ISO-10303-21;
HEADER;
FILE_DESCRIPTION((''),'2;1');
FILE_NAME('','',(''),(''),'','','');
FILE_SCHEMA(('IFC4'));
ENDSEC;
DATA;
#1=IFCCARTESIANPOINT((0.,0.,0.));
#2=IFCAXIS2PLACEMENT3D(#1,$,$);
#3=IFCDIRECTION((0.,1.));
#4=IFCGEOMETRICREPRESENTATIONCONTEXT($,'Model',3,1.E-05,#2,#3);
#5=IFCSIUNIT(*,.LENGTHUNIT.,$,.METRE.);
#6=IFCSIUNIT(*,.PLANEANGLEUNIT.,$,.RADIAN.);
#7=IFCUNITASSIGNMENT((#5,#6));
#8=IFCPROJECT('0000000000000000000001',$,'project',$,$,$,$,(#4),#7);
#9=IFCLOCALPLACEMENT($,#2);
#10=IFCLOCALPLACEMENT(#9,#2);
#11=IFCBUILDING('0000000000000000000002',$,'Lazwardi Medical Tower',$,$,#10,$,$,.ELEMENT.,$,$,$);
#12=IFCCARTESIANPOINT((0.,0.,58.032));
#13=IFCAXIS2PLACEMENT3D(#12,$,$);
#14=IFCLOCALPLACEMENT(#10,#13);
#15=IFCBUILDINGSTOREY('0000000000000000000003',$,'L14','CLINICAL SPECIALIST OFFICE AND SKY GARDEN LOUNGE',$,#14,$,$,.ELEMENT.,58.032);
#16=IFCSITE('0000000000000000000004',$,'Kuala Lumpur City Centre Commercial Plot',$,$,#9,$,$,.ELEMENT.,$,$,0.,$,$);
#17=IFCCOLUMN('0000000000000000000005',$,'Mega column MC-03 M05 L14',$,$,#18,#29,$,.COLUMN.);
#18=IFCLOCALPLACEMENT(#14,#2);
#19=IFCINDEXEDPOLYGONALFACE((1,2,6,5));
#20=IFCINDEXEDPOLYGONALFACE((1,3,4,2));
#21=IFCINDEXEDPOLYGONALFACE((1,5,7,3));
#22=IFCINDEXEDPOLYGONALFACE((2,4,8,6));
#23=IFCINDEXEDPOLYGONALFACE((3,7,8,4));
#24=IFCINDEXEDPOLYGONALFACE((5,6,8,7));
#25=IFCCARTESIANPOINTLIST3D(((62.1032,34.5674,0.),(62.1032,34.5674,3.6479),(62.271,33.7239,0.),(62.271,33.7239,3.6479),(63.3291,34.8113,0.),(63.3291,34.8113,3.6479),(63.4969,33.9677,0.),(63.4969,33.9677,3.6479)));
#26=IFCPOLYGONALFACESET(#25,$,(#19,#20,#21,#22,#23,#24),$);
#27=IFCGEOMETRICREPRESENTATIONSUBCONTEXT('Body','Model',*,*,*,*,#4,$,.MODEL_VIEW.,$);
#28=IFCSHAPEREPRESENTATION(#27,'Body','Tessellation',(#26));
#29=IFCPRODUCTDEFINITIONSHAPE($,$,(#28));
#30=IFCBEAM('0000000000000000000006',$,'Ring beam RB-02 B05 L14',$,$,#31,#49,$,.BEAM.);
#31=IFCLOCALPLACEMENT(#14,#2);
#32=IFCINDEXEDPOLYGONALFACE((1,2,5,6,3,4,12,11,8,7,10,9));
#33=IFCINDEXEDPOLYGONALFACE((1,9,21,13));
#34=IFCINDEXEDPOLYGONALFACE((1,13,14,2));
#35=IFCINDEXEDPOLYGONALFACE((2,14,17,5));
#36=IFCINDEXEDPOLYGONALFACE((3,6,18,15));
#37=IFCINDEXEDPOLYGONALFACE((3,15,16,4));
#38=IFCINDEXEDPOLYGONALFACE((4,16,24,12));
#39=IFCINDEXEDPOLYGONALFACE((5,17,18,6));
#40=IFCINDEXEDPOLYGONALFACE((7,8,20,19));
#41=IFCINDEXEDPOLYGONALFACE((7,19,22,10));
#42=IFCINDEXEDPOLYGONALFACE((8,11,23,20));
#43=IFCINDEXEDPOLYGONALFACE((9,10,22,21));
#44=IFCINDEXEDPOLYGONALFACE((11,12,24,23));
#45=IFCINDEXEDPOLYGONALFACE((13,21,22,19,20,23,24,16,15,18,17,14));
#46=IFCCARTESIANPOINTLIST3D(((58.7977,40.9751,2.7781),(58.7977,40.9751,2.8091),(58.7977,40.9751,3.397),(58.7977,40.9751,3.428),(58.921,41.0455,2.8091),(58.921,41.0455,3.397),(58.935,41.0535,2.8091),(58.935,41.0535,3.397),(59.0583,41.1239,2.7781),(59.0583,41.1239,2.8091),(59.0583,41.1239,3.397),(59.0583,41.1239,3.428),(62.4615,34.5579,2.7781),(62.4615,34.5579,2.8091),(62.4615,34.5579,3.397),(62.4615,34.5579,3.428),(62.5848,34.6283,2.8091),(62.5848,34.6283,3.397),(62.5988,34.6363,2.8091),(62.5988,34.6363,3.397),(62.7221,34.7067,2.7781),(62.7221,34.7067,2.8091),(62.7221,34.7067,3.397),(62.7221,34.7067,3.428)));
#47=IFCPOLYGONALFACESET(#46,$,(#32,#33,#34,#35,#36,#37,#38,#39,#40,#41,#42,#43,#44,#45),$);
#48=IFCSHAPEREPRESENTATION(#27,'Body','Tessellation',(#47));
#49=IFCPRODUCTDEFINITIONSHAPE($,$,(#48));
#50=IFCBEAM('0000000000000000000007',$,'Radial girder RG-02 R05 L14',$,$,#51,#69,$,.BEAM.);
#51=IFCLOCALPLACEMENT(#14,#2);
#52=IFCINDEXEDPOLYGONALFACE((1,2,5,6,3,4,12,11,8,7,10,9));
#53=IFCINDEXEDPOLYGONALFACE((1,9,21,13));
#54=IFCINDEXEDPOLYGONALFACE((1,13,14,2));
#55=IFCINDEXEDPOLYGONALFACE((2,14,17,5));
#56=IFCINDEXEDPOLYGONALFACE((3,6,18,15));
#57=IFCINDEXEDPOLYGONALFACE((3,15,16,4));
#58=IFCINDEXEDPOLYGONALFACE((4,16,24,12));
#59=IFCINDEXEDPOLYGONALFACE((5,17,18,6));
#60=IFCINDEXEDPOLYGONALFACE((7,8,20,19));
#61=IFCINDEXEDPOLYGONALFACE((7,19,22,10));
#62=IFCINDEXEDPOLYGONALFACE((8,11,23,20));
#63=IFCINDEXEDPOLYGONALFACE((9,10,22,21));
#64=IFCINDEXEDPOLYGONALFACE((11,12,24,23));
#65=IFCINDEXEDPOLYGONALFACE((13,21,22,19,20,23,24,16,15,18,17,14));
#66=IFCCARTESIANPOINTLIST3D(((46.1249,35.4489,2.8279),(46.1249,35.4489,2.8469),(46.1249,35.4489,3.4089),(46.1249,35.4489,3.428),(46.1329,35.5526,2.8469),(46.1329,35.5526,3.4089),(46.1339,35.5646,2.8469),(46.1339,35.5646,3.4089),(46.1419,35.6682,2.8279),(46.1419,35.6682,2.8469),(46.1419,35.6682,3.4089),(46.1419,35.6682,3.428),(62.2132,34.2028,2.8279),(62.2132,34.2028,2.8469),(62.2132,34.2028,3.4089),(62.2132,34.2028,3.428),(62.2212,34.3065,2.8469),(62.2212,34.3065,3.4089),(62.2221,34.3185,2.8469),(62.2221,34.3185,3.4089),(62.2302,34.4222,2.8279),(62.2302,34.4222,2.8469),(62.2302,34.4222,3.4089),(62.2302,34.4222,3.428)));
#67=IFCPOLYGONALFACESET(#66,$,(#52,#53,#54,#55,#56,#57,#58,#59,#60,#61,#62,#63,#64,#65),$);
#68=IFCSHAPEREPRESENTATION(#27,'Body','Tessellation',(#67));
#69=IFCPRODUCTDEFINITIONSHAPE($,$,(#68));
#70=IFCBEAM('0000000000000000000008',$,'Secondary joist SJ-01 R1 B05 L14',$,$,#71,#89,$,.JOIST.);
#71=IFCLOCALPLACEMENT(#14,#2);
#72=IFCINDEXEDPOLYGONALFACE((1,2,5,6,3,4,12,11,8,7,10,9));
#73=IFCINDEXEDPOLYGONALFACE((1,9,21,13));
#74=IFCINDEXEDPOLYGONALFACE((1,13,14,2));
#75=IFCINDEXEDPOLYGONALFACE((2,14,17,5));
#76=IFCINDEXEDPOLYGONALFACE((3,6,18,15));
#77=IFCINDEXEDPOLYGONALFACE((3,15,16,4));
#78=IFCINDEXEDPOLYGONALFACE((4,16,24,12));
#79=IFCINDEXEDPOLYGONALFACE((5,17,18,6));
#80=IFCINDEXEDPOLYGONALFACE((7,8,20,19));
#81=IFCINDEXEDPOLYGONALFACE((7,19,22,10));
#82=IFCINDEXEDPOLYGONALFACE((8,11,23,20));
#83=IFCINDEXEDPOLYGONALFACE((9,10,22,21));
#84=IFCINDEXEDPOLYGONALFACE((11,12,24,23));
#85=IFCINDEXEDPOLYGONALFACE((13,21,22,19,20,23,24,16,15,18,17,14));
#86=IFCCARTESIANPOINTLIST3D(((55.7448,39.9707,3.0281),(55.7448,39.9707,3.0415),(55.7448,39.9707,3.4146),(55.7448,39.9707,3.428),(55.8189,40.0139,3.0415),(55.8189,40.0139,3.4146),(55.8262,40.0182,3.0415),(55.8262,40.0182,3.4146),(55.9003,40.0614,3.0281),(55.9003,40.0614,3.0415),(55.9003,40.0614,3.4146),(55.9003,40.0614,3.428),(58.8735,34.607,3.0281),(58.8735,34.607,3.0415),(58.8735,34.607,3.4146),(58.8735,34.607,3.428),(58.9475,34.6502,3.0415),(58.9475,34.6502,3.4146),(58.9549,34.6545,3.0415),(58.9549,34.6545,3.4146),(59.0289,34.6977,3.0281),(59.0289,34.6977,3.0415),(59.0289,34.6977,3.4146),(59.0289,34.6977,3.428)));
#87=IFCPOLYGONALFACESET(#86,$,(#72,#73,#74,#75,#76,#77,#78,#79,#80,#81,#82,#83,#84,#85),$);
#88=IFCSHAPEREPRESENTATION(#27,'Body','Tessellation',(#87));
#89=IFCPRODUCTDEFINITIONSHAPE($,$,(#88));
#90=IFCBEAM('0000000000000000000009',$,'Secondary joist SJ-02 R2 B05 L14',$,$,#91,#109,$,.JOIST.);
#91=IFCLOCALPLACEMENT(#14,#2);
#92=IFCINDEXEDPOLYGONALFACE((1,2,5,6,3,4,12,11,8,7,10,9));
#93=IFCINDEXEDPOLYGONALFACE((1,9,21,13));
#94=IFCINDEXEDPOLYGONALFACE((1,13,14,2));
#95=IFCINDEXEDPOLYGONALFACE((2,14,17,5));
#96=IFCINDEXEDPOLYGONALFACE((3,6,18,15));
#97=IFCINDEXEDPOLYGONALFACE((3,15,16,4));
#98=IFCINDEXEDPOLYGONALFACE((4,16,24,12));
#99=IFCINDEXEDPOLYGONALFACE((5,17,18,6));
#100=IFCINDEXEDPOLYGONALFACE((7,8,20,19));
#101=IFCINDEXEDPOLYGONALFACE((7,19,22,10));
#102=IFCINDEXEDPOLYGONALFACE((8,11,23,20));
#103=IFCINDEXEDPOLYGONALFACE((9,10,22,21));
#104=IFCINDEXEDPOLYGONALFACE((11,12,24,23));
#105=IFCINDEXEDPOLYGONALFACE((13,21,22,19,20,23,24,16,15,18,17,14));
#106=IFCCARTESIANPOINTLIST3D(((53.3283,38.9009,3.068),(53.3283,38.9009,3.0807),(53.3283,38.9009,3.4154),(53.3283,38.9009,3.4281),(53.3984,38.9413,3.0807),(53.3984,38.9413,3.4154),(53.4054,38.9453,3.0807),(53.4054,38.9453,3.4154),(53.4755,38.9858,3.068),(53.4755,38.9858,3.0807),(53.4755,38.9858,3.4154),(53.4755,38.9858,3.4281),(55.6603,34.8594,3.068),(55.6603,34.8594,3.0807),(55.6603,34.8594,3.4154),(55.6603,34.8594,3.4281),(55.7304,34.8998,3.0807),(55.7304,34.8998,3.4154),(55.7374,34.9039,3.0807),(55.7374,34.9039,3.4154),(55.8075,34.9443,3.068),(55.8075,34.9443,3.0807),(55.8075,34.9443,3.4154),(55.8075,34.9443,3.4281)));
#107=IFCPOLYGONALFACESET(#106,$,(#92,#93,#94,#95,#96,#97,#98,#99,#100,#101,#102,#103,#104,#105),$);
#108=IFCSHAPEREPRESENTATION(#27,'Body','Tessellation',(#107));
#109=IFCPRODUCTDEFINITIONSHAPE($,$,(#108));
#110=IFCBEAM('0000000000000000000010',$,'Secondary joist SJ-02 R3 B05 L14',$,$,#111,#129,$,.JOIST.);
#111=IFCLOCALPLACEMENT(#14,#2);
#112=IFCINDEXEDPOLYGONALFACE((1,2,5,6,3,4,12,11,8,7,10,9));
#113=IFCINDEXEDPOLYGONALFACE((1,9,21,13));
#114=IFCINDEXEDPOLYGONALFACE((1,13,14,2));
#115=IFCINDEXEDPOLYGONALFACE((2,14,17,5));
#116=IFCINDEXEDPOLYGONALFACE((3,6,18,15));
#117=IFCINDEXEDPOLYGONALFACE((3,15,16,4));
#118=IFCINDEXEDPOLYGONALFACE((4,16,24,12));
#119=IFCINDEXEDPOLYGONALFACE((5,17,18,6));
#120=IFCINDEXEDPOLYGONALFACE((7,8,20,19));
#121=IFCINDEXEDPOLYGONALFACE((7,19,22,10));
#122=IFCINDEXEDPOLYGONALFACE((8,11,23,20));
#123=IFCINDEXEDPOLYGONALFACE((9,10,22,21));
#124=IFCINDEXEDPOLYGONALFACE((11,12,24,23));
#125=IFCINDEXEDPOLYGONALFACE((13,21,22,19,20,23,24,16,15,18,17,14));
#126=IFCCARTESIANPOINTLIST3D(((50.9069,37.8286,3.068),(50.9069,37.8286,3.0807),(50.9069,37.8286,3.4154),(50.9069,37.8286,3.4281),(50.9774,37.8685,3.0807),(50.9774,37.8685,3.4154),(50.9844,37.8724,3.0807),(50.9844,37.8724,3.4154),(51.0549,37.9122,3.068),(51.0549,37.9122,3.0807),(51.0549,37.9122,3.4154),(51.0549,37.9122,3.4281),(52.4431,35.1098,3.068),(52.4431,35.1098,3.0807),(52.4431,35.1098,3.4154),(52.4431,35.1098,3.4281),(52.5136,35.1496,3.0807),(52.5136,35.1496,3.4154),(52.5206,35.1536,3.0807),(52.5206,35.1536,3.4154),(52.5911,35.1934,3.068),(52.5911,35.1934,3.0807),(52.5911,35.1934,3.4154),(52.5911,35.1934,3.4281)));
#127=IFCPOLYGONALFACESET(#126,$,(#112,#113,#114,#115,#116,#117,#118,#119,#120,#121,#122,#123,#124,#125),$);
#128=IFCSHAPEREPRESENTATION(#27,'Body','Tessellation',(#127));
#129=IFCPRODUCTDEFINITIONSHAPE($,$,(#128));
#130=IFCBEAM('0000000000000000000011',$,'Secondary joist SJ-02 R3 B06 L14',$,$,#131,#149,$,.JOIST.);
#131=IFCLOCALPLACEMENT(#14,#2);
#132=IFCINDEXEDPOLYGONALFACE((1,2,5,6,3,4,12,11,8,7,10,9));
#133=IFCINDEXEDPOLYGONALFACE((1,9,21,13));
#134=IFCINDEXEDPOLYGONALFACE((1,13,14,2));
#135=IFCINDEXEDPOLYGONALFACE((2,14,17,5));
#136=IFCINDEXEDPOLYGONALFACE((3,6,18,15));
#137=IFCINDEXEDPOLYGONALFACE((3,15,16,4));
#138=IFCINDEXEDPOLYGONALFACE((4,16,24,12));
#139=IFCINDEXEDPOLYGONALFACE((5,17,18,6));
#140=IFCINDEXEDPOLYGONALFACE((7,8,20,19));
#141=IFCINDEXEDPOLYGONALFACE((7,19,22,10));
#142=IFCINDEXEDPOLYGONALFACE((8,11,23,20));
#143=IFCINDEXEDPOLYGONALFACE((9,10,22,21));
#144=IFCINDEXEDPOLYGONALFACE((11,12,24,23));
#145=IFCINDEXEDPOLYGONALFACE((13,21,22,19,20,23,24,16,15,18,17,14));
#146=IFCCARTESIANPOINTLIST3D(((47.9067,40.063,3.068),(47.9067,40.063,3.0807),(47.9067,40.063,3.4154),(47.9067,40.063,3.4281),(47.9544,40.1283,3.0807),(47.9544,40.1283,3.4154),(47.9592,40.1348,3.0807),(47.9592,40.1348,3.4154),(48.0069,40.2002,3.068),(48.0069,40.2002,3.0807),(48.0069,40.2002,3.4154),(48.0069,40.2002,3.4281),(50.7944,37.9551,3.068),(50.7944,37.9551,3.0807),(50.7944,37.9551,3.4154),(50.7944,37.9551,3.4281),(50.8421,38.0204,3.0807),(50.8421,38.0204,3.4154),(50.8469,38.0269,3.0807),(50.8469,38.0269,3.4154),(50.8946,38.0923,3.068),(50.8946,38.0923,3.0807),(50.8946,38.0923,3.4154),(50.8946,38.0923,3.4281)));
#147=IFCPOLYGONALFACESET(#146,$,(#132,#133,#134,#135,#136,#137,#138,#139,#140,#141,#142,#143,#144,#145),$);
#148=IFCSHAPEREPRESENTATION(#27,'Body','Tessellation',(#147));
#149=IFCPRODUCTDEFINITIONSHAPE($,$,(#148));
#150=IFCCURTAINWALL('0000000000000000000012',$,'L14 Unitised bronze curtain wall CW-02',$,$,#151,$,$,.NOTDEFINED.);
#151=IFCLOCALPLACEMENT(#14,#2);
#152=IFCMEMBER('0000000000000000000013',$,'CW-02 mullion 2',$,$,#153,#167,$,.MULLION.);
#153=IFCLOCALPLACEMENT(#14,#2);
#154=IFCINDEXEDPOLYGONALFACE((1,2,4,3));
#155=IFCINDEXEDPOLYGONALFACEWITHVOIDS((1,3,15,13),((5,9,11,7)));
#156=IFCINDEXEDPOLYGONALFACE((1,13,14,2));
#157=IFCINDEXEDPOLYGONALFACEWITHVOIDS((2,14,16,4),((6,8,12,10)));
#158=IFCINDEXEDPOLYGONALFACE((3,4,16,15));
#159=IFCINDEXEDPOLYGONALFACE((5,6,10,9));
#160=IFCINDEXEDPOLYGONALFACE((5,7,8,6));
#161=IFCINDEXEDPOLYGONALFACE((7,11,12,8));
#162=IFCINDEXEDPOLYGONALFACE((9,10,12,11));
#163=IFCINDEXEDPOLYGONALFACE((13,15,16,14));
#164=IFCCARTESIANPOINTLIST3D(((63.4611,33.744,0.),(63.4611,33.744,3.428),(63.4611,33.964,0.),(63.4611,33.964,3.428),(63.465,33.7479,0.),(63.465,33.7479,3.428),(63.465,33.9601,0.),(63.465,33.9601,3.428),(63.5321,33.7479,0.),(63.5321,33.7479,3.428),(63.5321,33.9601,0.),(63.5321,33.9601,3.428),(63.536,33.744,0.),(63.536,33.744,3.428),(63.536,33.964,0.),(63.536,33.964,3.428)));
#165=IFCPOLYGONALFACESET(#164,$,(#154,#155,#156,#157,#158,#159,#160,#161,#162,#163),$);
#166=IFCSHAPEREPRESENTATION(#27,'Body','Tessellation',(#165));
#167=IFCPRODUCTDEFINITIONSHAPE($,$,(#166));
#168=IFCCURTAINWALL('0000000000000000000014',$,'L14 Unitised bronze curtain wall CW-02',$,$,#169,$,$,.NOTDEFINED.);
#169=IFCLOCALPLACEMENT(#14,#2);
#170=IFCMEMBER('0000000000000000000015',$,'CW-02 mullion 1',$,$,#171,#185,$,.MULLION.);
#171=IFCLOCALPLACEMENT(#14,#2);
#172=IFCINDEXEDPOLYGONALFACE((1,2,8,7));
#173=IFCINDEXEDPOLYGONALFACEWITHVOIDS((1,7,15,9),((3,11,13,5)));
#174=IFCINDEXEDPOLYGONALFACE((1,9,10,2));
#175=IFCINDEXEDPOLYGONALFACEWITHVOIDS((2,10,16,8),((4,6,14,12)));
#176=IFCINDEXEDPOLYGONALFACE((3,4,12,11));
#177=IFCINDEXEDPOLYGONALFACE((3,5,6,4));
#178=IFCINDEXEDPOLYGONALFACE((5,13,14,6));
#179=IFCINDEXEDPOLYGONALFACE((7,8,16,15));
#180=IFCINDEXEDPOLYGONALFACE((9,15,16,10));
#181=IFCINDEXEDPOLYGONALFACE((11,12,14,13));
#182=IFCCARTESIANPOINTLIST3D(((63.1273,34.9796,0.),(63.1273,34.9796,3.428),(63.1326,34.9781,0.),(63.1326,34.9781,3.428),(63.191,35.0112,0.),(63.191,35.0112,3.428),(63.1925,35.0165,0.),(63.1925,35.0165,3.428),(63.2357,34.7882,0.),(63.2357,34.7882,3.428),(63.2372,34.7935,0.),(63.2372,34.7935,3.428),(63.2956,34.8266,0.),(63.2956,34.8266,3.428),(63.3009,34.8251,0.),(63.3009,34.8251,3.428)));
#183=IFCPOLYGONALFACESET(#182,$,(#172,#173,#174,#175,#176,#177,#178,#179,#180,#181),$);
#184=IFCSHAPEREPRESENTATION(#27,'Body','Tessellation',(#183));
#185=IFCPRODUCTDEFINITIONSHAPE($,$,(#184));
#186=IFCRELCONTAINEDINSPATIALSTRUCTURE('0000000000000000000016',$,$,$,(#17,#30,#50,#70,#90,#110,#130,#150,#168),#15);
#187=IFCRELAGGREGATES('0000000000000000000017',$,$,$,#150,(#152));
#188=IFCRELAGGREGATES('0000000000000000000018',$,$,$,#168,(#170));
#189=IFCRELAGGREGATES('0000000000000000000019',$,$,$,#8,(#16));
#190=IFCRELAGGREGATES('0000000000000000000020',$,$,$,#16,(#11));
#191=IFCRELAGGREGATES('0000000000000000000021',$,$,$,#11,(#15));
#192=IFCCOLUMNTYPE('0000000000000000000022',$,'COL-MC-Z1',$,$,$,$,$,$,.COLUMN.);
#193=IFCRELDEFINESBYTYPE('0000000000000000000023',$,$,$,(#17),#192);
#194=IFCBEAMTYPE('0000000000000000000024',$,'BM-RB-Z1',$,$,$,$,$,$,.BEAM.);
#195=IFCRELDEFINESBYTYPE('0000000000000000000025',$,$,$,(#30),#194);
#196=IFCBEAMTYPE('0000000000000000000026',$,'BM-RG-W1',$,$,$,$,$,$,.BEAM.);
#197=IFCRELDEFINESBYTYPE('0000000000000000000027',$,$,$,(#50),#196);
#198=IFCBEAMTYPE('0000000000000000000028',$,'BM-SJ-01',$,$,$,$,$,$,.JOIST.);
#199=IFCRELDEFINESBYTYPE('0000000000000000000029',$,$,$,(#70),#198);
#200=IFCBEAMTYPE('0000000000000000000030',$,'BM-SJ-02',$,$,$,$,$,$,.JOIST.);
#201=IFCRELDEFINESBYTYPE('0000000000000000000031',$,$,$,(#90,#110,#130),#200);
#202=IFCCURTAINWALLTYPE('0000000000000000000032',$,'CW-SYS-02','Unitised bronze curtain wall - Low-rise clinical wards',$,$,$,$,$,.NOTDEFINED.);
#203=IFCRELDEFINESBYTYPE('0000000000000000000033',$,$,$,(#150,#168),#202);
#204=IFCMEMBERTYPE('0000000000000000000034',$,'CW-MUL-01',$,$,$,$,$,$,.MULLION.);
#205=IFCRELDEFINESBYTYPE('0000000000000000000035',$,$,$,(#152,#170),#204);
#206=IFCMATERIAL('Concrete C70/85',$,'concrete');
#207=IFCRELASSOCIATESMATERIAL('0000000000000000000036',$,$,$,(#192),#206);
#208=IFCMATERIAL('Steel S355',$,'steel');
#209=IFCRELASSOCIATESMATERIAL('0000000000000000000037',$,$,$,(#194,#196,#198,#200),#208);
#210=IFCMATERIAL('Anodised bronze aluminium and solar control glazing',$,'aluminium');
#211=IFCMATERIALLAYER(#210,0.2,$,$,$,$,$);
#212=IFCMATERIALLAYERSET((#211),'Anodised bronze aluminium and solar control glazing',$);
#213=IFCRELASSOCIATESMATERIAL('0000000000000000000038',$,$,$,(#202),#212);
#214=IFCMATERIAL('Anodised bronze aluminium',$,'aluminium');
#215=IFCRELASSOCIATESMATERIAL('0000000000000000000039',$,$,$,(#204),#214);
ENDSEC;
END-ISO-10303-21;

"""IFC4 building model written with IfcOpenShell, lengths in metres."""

from ifc_helpers import new_model, si_unit, direction, frame, origin, origin_2d, place, context, subcontext, project, spatial, rectangle, hollow_rectangle, i_section, extrude, material, layer, layer_set, material_profile, profile_set, type_object, element, aggregate, save


model = new_model("IFC4")

# Units and contexts
model_context = context("Model", 3, precision=1e-05, world=origin(), true_north=direction((0.0, 1.0)))
body_context = subcontext(model_context, "Body", "Model", "MODEL_VIEW")
ifc_project = project(units=[si_unit("LENGTHUNIT", "METRE"), si_unit("PLANEANGLEUNIT", "RADIAN")], contexts=[model_context])

# Site, building, storey
site_placement = place(None, origin())
site = spatial("IfcSite", under=ifc_project, at=site_placement, Name="Kuala Lumpur City Centre Commercial Plot", CompositionType="ELEMENT", RefElevation=0.0)
building_placement = place(site_placement, origin())
building = spatial("IfcBuilding", under=site, at=building_placement, Name="Lazwardi Medical Tower", CompositionType="ELEMENT")
storey_placement = place(building_placement, frame((0.0, 0.0, 58.032)))
storey = spatial("IfcBuildingStorey", under=building, at=storey_placement, Name="L14", Description="CLINICAL SPECIALIST OFFICE AND SKY GARDEN LOUNGE", CompositionType="ELEMENT", Elevation=58.032)

# Column
ifc_material_1 = material(Name="Concrete C70/85", Category="concrete")
ifc_material_profile_1 = material_profile(ifc_material_1, rectangle(XDim=1.25, YDim=0.8601, at=origin_2d()), Name="CFT-RECT 1250x860")
ifc_profile_set_1 = profile_set([ifc_material_profile_1], Name="Concrete C70/85")
column_type = type_object("IfcColumnType", Name="COL-MC-Z1", PredefinedType="COLUMN", material=ifc_profile_set_1)
column_placement = place(storey_placement, frame((62.8, 34.2676, 0.0), z_axis=(0.0, 0.0, 1.0), x_axis=(0.980785, 0.19509, 0.0)))
element("IfcColumn", 1, at=column_placement, inside=storey, type_object=column_type, Name="Mega column MC-03 M05 L14", PredefinedType="COLUMN", context=body_context, shape_type="SweptSolid", body=[
    extrude(rectangle(XDim=1.25, YDim=0.8601, at=origin_2d()), origin(), (0.0, 0.0, 1.0), 3.6479),
])

# Beams
ifc_material_2 = material(Name="Steel S355", Category="steel")
ifc_material_profile_2 = material_profile(ifc_material_2, i_section(OverallWidth=0.3, OverallDepth=0.6499, WebThickness=0.0161, FlangeThickness=0.031, at=origin_2d()), Name="HEB 650")
ifc_profile_set_2 = profile_set([ifc_material_profile_2], Name="Steel S355")
beam_type_1 = type_object("IfcBeamType", Name="BM-RB-Z1", PredefinedType="BEAM", material=ifc_profile_set_2)
beam_1_placement = place(storey_placement, frame((62.5918, 34.6323, 3.103), z_axis=(-0.495815, 0.868428, 0.0), x_axis=(-0.868428, -0.495815, 0.0)))
element("IfcBeam", 2, at=beam_1_placement, inside=storey, type_object=beam_type_1, Name="Ring beam RB-02 B05 L14", PredefinedType="BEAM", context=body_context, shape_type="SweptSolid", body=[
    extrude(i_section(OverallWidth=0.3, OverallDepth=0.6499, WebThickness=0.0161, FlangeThickness=0.031, at=origin_2d()), origin(), (0.0, 0.0, 1.0), 7.3894),
])
ifc_material_profile_3 = material_profile(ifc_material_2, i_section(OverallWidth=0.22, OverallDepth=0.6001, WebThickness=0.012, FlangeThickness=0.019, at=origin_2d()), Name="IPE 600")
ifc_profile_set_3 = profile_set([ifc_material_profile_3], Name="Steel S355")
beam_type_2 = type_object("IfcBeamType", Name="BM-RG-W1", PredefinedType="BEAM", material=ifc_profile_set_3)
beam_2_placement = place(storey_placement, frame((62.2217, 34.3125, 3.1279), z_axis=(-0.997014, 0.077222, 0.0), x_axis=(-0.077222, -0.997014, 0.0)))
element("IfcBeam", 3, at=beam_2_placement, inside=storey, type_object=beam_type_2, Name="Radial girder RG-02 R05 L14", PredefinedType="BEAM", context=body_context, shape_type="SweptSolid", body=[
    extrude(i_section(OverallWidth=0.22, OverallDepth=0.6001, WebThickness=0.012, FlangeThickness=0.019, at=origin_2d()), origin(), (0.0, 0.0, 1.0), 16.1365),
])
ifc_material_profile_4 = material_profile(ifc_material_2, i_section(OverallWidth=0.1799, OverallDepth=0.3999, WebThickness=0.0085, FlangeThickness=0.0134, at=origin_2d()), Name="IPE 400")
ifc_profile_set_4 = profile_set([ifc_material_profile_4], Name="Steel S355")
beam_type_3 = type_object("IfcBeamType", Name="BM-SJ-01", PredefinedType="JOIST", material=ifc_profile_set_4)
beam_3_placement = place(storey_placement, frame((58.9512, 34.6523, 3.228), z_axis=(-0.503847, 0.863793, 0.0), x_axis=(-0.863793, -0.503847, 0.0)))
element("IfcBeam", 4, at=beam_3_placement, inside=storey, type_object=beam_type_3, Name="Secondary joist SJ-01 R1 B05 L14", PredefinedType="JOIST", context=body_context, shape_type="SweptSolid", body=[
    extrude(i_section(OverallWidth=0.1799, OverallDepth=0.3999, WebThickness=0.0085, FlangeThickness=0.0134, at=origin_2d()), origin(), (0.0, 0.0, 1.0), 6.2095),
])
ifc_material_profile_5 = material_profile(ifc_material_2, i_section(OverallWidth=0.1699, OverallDepth=0.3601, WebThickness=0.0081, FlangeThickness=0.0127, at=origin_2d()), Name="IPE 360")
ifc_profile_set_5 = profile_set([ifc_material_profile_5], Name="Steel S355")
beam_type_4 = type_object("IfcBeamType", Name="BM-SJ-02", PredefinedType="JOIST", material=ifc_profile_set_5)
beam_4_placement = place(storey_placement, frame((55.7339, 34.9019, 3.248), z_axis=(-0.499786, 0.866149, 0.0), x_axis=(-0.866149, -0.499786, 0.0)))
element("IfcBeam", 5, at=beam_4_placement, inside=storey, type_object=beam_type_4, Name="Secondary joist SJ-02 R2 B05 L14", PredefinedType="JOIST", context=body_context, shape_type="SweptSolid", body=[
    extrude(i_section(OverallWidth=0.1699, OverallDepth=0.3601, WebThickness=0.0081, FlangeThickness=0.0127, at=origin_2d()), origin(), (0.0, 0.0, 1.0), 4.666),
])
beam_5_placement = place(storey_placement, frame((52.5171, 35.1516, 3.248), z_axis=(-0.491923, 0.870639, 0.0), x_axis=(-0.870639, -0.491923, 0.0)))
element("IfcBeam", 6, at=beam_5_placement, inside=storey, type_object=beam_type_4, Name="Secondary joist SJ-02 R3 B05 L14", PredefinedType="JOIST", context=body_context, shape_type="SweptSolid", body=[
    extrude(i_section(OverallWidth=0.1699, OverallDepth=0.3601, WebThickness=0.0081, FlangeThickness=0.0127, at=origin_2d()), origin(), (0.0, 0.0, 1.0), 3.1228),
])
beam_6_placement = place(storey_placement, frame((50.8445, 38.0237, 3.248), z_axis=(-0.807701, 0.589592, 0.0), x_axis=(-0.589592, -0.807701, 0.0)))
element("IfcBeam", 7, at=beam_6_placement, inside=storey, type_object=beam_type_4, Name="Secondary joist SJ-02 R3 B06 L14", PredefinedType="JOIST", context=body_context, shape_type="SweptSolid", body=[
    extrude(i_section(OverallWidth=0.1699, OverallDepth=0.3601, WebThickness=0.0081, FlangeThickness=0.0127, at=origin_2d()), origin(), (0.0, 0.0, 1.0), 3.5752),
])

# Curtain wall, member
ifc_material_3 = material(Name="Anodised bronze aluminium and solar control glazing", Category="aluminium")
ifc_layer_1 = layer(ifc_material_3, 0.2)
ifc_layer_set_1 = layer_set([ifc_layer_1], Name="Anodised bronze aluminium and solar control glazing")
curtain_wall_type = type_object("IfcCurtainWallType", Name="CW-SYS-02", Description="Unitised bronze curtain wall - Low-rise clinical wards", PredefinedType="NOTDEFINED", material=ifc_layer_set_1)
curtain_wall_1_placement = place(storey_placement, origin())
curtain_wall_1 = element("IfcCurtainWall", 8, at=curtain_wall_1_placement, inside=storey, type_object=curtain_wall_type, Name="L14 Unitised bronze curtain wall CW-02", PredefinedType="NOTDEFINED")
ifc_material_4 = material(Name="Anodised bronze aluminium", Category="aluminium")
ifc_material_profile_6 = material_profile(ifc_material_4, hollow_rectangle(XDim=0.075, YDim=0.22, WallThickness=0.0039, at=origin_2d()), Name="ALU-MULLION 220x75x4")
ifc_profile_set_6 = profile_set([ifc_material_profile_6], Name="Anodised bronze aluminium")
member_type_1 = type_object("IfcMemberType", Name="CW-MUL-01", PredefinedType="MULLION", material=ifc_profile_set_6)
member_1_placement = place(storey_placement, frame((63.4985, 33.854, 0.0), z_axis=(0.0, 0.0, 1.0), x_axis=(-1.0, 0.0, 0.0)))
member_1 = element("IfcMember", 9, at=member_1_placement, type_object=member_type_1, Name="CW-02 mullion 2", PredefinedType="MULLION", context=body_context, shape_type="SweptSolid", body=[
    extrude(hollow_rectangle(XDim=0.075, YDim=0.22, WallThickness=0.0039, at=origin_2d()), origin(), (0.0, 0.0, 1.0), 3.428),
])

# Curtain wall, member
curtain_wall_2_placement = place(storey_placement, origin())
curtain_wall_2 = element("IfcCurtainWall", 10, at=curtain_wall_2_placement, inside=storey, type_object=curtain_wall_type, Name="L14 Unitised bronze curtain wall CW-02", PredefinedType="NOTDEFINED")
member_2_placement = place(storey_placement, frame((63.2141, 34.9023, 0.0), z_axis=(0.0, 0.0, 1.0), x_axis=(-0.870112, -0.492854, 0.0)))
member_2 = element("IfcMember", 11, at=member_2_placement, type_object=member_type_1, Name="CW-02 mullion 1", PredefinedType="MULLION", context=body_context, shape_type="SweptSolid", body=[
    extrude(hollow_rectangle(XDim=0.075, YDim=0.22, WallThickness=0.0039, at=origin_2d()), origin(), (0.0, 0.0, 1.0), 3.428),
])

aggregate(curtain_wall_1, [member_1])
aggregate(curtain_wall_2, [member_2])

save(model, "model.ifc")
